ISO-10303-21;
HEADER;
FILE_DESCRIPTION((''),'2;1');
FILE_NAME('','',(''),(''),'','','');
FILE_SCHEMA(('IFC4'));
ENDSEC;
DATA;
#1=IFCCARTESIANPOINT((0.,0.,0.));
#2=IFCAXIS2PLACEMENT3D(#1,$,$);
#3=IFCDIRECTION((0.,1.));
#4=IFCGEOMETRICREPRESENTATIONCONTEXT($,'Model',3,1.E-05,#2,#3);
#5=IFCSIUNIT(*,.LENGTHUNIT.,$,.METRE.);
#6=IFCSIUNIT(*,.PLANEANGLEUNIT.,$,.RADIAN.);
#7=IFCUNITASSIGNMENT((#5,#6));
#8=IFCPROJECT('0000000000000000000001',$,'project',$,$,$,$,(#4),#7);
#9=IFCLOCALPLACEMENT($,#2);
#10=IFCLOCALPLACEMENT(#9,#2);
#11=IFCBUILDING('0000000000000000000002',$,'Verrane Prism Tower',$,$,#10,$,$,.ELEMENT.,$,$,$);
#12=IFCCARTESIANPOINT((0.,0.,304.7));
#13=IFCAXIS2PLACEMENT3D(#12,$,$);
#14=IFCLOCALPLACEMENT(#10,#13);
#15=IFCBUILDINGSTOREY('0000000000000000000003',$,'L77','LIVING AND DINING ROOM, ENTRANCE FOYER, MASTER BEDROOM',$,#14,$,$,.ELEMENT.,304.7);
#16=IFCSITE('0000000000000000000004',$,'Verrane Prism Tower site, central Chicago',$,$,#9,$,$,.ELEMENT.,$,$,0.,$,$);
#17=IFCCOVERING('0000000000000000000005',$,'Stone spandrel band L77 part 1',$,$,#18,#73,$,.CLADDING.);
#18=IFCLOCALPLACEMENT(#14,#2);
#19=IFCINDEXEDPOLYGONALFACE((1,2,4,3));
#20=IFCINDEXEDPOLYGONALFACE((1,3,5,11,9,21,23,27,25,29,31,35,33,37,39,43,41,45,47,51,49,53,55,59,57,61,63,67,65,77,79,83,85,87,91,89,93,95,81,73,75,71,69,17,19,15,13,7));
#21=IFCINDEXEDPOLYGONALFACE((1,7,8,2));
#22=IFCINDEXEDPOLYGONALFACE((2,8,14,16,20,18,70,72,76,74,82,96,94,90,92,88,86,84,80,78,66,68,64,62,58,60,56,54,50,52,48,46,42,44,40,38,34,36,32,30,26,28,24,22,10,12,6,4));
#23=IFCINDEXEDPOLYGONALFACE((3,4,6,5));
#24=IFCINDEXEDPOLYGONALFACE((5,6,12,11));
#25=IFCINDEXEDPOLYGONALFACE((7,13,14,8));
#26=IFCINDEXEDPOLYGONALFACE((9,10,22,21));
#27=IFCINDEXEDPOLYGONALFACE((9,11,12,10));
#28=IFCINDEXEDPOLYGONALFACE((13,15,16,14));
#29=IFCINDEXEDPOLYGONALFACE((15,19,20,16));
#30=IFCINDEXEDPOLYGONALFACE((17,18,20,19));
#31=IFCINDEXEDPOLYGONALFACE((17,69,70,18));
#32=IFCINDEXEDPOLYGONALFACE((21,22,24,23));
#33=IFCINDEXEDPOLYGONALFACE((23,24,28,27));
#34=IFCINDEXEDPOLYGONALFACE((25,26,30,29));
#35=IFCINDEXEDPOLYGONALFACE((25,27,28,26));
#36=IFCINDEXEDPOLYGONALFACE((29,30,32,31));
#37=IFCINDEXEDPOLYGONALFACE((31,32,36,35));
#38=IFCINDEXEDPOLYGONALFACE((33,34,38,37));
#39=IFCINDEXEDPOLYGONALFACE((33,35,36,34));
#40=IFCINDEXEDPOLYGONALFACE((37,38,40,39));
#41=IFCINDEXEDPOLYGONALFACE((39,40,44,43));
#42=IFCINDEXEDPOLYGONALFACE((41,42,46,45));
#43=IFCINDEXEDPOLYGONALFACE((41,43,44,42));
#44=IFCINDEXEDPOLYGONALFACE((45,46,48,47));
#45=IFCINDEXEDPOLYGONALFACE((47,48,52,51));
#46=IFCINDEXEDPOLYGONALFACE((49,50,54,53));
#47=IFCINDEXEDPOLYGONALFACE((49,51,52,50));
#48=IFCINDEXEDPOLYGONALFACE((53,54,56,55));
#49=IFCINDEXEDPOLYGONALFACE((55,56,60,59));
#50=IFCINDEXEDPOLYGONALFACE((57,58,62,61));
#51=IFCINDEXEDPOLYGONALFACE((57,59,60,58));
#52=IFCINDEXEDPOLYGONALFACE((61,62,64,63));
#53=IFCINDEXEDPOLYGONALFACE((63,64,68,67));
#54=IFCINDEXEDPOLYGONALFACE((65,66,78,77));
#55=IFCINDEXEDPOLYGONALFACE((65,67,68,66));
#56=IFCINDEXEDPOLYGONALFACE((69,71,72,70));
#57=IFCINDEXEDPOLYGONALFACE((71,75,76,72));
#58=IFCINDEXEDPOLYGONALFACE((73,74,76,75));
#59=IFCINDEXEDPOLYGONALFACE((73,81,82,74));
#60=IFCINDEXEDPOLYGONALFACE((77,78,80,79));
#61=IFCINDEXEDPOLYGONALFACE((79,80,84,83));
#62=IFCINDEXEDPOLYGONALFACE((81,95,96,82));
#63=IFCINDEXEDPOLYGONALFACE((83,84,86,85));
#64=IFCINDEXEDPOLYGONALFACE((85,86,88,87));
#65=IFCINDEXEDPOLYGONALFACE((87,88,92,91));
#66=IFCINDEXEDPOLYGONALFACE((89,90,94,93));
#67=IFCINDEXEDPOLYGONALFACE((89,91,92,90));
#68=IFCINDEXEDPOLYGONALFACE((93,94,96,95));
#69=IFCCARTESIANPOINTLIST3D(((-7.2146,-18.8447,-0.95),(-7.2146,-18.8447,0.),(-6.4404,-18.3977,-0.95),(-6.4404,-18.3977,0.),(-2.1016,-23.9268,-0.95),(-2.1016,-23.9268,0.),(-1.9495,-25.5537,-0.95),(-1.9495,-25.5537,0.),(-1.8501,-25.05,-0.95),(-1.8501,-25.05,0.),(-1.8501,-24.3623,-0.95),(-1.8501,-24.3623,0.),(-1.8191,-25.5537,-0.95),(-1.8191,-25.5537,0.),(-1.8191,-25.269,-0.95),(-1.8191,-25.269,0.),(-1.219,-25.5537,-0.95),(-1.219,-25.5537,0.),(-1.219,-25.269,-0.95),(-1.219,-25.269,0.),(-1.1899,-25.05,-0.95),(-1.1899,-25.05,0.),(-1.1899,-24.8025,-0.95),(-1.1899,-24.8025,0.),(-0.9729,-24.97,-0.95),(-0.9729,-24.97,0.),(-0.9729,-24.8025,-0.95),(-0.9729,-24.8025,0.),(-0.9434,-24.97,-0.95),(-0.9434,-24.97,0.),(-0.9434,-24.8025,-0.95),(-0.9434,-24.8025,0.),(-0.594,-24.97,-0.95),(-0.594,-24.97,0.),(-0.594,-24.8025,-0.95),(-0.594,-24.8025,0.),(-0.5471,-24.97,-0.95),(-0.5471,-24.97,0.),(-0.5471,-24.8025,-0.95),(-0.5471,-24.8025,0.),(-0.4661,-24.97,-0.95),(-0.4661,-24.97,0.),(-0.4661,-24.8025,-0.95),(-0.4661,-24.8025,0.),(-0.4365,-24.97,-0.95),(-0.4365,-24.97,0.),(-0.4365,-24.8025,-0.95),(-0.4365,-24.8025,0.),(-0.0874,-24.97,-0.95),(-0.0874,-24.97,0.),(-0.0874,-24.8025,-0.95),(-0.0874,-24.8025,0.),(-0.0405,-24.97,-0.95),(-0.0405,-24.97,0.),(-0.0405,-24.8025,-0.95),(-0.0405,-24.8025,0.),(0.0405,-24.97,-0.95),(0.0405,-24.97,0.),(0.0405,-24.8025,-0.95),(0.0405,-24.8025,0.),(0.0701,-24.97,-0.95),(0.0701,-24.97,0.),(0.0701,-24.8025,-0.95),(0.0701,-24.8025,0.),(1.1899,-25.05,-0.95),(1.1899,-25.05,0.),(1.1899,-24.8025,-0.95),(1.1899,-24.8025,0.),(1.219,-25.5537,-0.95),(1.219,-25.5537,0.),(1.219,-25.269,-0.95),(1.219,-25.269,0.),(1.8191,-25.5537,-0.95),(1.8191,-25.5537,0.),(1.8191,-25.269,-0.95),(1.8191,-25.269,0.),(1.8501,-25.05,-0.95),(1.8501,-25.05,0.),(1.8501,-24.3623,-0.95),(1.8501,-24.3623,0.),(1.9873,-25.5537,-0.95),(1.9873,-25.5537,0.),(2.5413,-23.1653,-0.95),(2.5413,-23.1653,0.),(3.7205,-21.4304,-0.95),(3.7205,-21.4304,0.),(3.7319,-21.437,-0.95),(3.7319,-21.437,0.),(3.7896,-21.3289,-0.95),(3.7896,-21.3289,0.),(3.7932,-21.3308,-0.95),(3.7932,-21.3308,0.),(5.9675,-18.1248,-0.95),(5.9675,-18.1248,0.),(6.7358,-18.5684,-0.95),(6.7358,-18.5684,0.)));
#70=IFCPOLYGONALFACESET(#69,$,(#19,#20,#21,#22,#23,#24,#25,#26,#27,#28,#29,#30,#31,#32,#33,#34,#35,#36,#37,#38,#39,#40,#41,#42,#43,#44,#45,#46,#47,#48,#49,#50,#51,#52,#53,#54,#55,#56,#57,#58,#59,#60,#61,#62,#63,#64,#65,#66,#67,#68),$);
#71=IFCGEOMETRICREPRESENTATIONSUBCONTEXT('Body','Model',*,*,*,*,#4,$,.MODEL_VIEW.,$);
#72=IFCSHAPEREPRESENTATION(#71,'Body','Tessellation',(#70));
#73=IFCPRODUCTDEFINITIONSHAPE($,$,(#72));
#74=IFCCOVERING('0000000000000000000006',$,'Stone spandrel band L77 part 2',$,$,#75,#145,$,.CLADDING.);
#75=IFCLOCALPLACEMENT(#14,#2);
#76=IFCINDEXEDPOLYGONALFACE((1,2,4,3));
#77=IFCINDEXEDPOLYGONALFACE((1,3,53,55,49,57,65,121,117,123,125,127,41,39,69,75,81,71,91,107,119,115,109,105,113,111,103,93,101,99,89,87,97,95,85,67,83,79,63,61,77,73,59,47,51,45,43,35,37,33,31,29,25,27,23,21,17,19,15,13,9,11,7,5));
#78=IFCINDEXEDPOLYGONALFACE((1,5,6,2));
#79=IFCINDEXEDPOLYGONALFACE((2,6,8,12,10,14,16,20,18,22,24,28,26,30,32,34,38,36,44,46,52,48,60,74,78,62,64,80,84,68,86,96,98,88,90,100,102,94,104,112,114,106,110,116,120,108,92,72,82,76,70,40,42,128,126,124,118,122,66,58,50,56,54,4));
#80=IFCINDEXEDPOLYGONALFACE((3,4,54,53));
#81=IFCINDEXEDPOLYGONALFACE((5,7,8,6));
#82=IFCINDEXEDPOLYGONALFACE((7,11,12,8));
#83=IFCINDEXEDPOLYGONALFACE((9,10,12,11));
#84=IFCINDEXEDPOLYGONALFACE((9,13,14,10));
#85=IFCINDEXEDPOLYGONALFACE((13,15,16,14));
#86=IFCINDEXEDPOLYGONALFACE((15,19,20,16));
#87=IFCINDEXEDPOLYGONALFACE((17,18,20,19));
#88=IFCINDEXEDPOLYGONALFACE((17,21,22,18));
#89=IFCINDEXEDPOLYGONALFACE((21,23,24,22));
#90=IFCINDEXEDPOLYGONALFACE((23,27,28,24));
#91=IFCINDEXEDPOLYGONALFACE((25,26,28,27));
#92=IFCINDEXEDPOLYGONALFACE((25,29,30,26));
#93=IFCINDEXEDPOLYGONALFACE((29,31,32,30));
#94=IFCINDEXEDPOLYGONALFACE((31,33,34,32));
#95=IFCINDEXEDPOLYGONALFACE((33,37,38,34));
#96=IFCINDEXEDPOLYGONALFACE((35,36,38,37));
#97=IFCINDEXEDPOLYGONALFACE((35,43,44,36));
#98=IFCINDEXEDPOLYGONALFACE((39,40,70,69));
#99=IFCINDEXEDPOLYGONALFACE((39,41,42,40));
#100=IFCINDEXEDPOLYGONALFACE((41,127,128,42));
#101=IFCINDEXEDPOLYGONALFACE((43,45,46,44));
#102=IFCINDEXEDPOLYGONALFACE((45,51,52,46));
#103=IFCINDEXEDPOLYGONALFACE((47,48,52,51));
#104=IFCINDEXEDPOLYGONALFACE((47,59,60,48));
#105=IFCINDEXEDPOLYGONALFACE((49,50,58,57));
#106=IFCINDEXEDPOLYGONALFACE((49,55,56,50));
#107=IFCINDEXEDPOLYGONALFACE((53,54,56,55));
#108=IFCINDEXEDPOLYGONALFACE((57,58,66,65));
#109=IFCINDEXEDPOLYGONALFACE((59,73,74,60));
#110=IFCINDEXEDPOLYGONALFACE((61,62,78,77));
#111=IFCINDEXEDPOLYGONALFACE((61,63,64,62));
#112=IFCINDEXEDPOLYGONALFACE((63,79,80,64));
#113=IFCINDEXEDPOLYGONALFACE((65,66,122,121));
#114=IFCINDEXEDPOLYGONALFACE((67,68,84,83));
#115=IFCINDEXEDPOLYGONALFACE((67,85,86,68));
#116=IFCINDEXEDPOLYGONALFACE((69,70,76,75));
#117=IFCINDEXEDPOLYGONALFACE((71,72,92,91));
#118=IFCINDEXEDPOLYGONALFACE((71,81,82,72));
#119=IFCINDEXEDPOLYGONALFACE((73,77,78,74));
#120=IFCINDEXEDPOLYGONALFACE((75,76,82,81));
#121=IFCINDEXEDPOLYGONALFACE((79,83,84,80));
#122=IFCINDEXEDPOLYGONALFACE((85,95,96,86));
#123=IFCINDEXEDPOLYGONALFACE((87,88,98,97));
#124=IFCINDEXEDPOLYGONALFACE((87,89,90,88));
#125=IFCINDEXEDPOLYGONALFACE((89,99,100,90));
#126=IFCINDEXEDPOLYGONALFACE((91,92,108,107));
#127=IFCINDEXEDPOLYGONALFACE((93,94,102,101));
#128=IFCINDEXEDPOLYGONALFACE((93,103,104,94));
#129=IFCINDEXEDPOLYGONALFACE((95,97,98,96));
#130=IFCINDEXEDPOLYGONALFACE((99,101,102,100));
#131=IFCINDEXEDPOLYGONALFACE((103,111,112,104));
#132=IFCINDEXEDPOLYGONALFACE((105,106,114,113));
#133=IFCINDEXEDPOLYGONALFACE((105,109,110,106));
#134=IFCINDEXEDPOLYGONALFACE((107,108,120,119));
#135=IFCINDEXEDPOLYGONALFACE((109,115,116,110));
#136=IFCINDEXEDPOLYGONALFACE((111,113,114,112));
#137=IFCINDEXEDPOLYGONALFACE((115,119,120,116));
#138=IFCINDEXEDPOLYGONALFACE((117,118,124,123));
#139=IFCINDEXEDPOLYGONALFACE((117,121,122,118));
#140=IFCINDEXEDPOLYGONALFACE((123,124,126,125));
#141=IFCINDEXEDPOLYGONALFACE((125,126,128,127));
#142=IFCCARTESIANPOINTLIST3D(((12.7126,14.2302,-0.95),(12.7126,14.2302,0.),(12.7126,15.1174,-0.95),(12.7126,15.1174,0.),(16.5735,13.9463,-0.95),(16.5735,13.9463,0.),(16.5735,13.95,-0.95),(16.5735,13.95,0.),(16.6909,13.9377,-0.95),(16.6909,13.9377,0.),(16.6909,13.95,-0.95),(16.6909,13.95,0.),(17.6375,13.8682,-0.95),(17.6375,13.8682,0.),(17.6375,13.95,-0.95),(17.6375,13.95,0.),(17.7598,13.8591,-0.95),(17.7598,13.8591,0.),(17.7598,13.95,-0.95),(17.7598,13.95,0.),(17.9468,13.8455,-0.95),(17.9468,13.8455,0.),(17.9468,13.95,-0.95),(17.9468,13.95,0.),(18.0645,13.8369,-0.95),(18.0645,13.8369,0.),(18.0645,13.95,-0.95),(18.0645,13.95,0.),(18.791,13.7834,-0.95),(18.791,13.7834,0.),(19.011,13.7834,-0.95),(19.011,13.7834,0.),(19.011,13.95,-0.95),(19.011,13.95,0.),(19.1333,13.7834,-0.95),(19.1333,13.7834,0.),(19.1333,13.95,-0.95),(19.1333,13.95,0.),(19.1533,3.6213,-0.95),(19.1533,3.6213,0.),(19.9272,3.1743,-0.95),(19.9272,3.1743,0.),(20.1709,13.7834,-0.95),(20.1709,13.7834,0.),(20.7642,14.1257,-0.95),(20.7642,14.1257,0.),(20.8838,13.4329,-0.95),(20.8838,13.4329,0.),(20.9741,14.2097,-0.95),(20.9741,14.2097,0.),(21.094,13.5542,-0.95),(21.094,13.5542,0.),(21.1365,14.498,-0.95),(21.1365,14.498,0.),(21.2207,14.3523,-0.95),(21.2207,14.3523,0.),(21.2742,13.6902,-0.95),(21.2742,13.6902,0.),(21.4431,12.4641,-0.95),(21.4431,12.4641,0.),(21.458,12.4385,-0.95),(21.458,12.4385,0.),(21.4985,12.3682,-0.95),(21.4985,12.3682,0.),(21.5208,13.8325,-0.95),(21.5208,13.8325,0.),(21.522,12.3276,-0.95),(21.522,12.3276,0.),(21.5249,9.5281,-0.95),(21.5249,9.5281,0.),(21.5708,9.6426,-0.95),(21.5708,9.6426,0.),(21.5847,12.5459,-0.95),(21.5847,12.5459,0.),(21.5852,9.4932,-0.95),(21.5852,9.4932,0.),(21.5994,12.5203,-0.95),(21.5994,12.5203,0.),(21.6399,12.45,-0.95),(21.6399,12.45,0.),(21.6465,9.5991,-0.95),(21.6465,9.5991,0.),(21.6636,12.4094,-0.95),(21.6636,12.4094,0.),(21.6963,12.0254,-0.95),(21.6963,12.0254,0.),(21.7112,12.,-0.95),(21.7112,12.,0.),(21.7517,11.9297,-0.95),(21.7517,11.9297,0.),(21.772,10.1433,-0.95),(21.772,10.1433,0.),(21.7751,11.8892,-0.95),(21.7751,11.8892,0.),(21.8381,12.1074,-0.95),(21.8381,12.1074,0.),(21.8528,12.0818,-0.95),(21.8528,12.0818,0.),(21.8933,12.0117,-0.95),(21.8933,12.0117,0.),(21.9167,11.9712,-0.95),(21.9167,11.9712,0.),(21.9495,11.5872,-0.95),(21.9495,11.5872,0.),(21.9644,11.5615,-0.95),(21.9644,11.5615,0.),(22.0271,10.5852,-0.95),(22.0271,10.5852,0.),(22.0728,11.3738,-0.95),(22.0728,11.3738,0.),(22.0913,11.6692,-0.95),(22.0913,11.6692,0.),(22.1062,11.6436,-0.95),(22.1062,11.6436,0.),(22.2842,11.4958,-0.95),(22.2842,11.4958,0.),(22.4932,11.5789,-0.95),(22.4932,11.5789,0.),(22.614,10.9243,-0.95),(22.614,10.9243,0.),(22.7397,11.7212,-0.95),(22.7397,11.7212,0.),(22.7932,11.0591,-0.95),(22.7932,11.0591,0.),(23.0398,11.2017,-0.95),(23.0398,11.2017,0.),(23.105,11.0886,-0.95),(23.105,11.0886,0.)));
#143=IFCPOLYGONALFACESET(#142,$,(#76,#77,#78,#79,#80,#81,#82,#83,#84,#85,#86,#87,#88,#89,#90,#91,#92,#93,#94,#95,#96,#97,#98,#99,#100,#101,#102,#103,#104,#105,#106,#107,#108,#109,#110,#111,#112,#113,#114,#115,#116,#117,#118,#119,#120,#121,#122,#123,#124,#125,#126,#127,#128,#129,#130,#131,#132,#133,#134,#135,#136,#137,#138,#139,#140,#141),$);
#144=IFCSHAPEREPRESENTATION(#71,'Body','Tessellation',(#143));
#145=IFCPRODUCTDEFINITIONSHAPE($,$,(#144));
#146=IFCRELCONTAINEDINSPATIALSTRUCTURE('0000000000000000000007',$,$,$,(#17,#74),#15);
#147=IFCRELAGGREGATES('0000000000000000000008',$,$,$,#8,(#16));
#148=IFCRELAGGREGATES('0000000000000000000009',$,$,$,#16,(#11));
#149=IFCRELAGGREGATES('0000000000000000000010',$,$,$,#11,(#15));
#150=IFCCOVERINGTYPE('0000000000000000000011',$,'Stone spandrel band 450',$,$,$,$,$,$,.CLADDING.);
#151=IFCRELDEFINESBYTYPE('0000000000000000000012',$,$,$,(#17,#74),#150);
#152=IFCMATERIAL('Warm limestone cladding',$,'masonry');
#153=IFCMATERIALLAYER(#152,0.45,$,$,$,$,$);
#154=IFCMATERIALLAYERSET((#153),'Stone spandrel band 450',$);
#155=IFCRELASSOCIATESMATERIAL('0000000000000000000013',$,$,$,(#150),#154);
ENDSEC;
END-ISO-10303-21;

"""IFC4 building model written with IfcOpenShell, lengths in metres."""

from ifc_helpers import new_model, si_unit, direction, frame, origin, place, context, subcontext, project, spatial, polyline, outline, extrude, material, layer, layer_set, type_object, element, save


model = new_model("IFC4")

# Units and contexts
model_context = context("Model", 3, precision=1e-05, world=origin(), true_north=direction((0.0, 1.0)))
body_context = subcontext(model_context, "Body", "Model", "MODEL_VIEW")
ifc_project = project(units=[si_unit("LENGTHUNIT", "METRE"), si_unit("PLANEANGLEUNIT", "RADIAN")], contexts=[model_context])

# Site, building, storey
site_placement = place(None, origin())
site = spatial("IfcSite", under=ifc_project, at=site_placement, Name="Verrane Prism Tower site, central Chicago", CompositionType="ELEMENT", RefElevation=0.0)
building_placement = place(site_placement, origin())
building = spatial("IfcBuilding", under=site, at=building_placement, Name="Verrane Prism Tower", CompositionType="ELEMENT")
storey_placement = place(building_placement, frame((0.0, 0.0, 304.7)))
storey = spatial("IfcBuildingStorey", under=building, at=storey_placement, Name="L77", Description="LIVING AND DINING ROOM, ENTRANCE FOYER, MASTER BEDROOM", CompositionType="ELEMENT", Elevation=304.7)

# Coverings
ifc_material_1 = material(Name="Warm limestone cladding", Category="masonry")
ifc_layer_1 = layer(ifc_material_1, 0.45)
ifc_layer_set_1 = layer_set([ifc_layer_1], Name="Stone spandrel band 450")
covering_type = type_object("IfcCoveringType", Name="Stone spandrel band 450", PredefinedType="CLADDING", material=ifc_layer_set_1)
covering_1_placement = place(storey_placement, frame((0.0, 0.0, -0.95)))
element("IfcCovering", 1, at=covering_1_placement, inside=storey, type_object=covering_type, Name="Stone spandrel band L77 part 1", PredefinedType="CLADDING", context=body_context, shape_type="SweptSolid", body=[
    extrude(outline(polyline([(1.9873, -25.5537), (6.7358, -18.5684), (5.9675, -18.1248), (3.7896, -21.3289), (3.7932, -21.3308), (3.7319, -21.437), (3.7205, -21.4304), (2.5413, -23.1653), (1.8501, -24.3623), (1.8501, -25.05), (1.1899, -25.05), (1.1899, -24.8025), (0.0701, -24.8025), (0.0701, -24.97), (0.0405, -24.97), (0.0405, -24.8025), (-0.0405, -24.8025), (-0.0405, -24.97), (-0.0874, -24.97), (-0.0874, -24.8025), (-0.4365, -24.8025), (-0.4365, -24.97), (-0.4661, -24.97), (-0.4661, -24.8025), (-0.5471, -24.8025), (-0.5471, -24.97), (-0.594, -24.97), (-0.594, -24.8025), (-0.9434, -24.8025), (-0.9434, -24.97), (-0.9729, -24.97), (-0.9729, -24.8025), (-1.1899, -24.8025), (-1.1899, -25.05), (-1.8501, -25.05), (-1.8501, -24.3623), (-2.1016, -23.9268), (-6.4404, -18.3977), (-7.2146, -18.8447), (-1.9495, -25.5537), (-1.8191, -25.5537), (-1.8191, -25.269), (-1.219, -25.269), (-1.219, -25.5537), (1.219, -25.5537), (1.219, -25.269), (1.8191, -25.269), (1.8191, -25.5537), (1.9873, -25.5537)])), origin(), (0.0, 0.0, 1.0), 0.95),
])
covering_2_placement = place(storey_placement, frame((0.0, 0.0, -0.95)))
element("IfcCovering", 2, at=covering_2_placement, inside=storey, type_object=covering_type, Name="Stone spandrel band L77 part 2", PredefinedType="CLADDING", context=body_context, shape_type="SweptSolid", body=[
    extrude(outline(polyline([(12.7126, 14.2302), (16.5735, 13.9463), (16.5735, 13.95), (16.6909, 13.95), (16.6909, 13.9377), (17.6375, 13.8682), (17.6375, 13.95), (17.7598, 13.95), (17.7598, 13.8591), (17.9468, 13.8455), (17.9468, 13.95), (18.0645, 13.95), (18.0645, 13.8369), (18.791, 13.7834), (19.011, 13.7834), (19.011, 13.95), (19.1333, 13.95), (19.1333, 13.7834), (20.1709, 13.7834), (20.7642, 14.1257), (21.094, 13.5542), (20.8838, 13.4329), (21.4431, 12.4641), (21.5847, 12.5459), (21.5994, 12.5203), (21.458, 12.4385), (21.4985, 12.3682), (21.6399, 12.45), (21.6636, 12.4094), (21.522, 12.3276), (21.6963, 12.0254), (21.8381, 12.1074), (21.8528, 12.0818), (21.7112, 12.0), (21.7517, 11.9297), (21.8933, 12.0117), (21.9167, 11.9712), (21.7751, 11.8892), (21.9495, 11.5872), (22.0913, 11.6692), (22.1062, 11.6436), (21.9644, 11.5615), (22.0728, 11.3738), (22.2842, 11.4958), (22.614, 10.9243), (22.0271, 10.5852), (21.772, 10.1433), (21.5708, 9.6426), (21.6465, 9.5991), (21.5852, 9.4932), (21.5249, 9.5281), (19.1533, 3.6213), (19.9272, 3.1743), (23.105, 11.0886), (23.0398, 11.2017), (22.7932, 11.0591), (22.4932, 11.5789), (22.7397, 11.7212), (21.5208, 13.8325), (21.2742, 13.6902), (20.9741, 14.2097), (21.2207, 14.3523), (21.1365, 14.498), (12.7126, 15.1174), (12.7126, 14.2302)])), origin(), (0.0, 0.0, 1.0), 0.95),
])

save(model, "model.ifc")
